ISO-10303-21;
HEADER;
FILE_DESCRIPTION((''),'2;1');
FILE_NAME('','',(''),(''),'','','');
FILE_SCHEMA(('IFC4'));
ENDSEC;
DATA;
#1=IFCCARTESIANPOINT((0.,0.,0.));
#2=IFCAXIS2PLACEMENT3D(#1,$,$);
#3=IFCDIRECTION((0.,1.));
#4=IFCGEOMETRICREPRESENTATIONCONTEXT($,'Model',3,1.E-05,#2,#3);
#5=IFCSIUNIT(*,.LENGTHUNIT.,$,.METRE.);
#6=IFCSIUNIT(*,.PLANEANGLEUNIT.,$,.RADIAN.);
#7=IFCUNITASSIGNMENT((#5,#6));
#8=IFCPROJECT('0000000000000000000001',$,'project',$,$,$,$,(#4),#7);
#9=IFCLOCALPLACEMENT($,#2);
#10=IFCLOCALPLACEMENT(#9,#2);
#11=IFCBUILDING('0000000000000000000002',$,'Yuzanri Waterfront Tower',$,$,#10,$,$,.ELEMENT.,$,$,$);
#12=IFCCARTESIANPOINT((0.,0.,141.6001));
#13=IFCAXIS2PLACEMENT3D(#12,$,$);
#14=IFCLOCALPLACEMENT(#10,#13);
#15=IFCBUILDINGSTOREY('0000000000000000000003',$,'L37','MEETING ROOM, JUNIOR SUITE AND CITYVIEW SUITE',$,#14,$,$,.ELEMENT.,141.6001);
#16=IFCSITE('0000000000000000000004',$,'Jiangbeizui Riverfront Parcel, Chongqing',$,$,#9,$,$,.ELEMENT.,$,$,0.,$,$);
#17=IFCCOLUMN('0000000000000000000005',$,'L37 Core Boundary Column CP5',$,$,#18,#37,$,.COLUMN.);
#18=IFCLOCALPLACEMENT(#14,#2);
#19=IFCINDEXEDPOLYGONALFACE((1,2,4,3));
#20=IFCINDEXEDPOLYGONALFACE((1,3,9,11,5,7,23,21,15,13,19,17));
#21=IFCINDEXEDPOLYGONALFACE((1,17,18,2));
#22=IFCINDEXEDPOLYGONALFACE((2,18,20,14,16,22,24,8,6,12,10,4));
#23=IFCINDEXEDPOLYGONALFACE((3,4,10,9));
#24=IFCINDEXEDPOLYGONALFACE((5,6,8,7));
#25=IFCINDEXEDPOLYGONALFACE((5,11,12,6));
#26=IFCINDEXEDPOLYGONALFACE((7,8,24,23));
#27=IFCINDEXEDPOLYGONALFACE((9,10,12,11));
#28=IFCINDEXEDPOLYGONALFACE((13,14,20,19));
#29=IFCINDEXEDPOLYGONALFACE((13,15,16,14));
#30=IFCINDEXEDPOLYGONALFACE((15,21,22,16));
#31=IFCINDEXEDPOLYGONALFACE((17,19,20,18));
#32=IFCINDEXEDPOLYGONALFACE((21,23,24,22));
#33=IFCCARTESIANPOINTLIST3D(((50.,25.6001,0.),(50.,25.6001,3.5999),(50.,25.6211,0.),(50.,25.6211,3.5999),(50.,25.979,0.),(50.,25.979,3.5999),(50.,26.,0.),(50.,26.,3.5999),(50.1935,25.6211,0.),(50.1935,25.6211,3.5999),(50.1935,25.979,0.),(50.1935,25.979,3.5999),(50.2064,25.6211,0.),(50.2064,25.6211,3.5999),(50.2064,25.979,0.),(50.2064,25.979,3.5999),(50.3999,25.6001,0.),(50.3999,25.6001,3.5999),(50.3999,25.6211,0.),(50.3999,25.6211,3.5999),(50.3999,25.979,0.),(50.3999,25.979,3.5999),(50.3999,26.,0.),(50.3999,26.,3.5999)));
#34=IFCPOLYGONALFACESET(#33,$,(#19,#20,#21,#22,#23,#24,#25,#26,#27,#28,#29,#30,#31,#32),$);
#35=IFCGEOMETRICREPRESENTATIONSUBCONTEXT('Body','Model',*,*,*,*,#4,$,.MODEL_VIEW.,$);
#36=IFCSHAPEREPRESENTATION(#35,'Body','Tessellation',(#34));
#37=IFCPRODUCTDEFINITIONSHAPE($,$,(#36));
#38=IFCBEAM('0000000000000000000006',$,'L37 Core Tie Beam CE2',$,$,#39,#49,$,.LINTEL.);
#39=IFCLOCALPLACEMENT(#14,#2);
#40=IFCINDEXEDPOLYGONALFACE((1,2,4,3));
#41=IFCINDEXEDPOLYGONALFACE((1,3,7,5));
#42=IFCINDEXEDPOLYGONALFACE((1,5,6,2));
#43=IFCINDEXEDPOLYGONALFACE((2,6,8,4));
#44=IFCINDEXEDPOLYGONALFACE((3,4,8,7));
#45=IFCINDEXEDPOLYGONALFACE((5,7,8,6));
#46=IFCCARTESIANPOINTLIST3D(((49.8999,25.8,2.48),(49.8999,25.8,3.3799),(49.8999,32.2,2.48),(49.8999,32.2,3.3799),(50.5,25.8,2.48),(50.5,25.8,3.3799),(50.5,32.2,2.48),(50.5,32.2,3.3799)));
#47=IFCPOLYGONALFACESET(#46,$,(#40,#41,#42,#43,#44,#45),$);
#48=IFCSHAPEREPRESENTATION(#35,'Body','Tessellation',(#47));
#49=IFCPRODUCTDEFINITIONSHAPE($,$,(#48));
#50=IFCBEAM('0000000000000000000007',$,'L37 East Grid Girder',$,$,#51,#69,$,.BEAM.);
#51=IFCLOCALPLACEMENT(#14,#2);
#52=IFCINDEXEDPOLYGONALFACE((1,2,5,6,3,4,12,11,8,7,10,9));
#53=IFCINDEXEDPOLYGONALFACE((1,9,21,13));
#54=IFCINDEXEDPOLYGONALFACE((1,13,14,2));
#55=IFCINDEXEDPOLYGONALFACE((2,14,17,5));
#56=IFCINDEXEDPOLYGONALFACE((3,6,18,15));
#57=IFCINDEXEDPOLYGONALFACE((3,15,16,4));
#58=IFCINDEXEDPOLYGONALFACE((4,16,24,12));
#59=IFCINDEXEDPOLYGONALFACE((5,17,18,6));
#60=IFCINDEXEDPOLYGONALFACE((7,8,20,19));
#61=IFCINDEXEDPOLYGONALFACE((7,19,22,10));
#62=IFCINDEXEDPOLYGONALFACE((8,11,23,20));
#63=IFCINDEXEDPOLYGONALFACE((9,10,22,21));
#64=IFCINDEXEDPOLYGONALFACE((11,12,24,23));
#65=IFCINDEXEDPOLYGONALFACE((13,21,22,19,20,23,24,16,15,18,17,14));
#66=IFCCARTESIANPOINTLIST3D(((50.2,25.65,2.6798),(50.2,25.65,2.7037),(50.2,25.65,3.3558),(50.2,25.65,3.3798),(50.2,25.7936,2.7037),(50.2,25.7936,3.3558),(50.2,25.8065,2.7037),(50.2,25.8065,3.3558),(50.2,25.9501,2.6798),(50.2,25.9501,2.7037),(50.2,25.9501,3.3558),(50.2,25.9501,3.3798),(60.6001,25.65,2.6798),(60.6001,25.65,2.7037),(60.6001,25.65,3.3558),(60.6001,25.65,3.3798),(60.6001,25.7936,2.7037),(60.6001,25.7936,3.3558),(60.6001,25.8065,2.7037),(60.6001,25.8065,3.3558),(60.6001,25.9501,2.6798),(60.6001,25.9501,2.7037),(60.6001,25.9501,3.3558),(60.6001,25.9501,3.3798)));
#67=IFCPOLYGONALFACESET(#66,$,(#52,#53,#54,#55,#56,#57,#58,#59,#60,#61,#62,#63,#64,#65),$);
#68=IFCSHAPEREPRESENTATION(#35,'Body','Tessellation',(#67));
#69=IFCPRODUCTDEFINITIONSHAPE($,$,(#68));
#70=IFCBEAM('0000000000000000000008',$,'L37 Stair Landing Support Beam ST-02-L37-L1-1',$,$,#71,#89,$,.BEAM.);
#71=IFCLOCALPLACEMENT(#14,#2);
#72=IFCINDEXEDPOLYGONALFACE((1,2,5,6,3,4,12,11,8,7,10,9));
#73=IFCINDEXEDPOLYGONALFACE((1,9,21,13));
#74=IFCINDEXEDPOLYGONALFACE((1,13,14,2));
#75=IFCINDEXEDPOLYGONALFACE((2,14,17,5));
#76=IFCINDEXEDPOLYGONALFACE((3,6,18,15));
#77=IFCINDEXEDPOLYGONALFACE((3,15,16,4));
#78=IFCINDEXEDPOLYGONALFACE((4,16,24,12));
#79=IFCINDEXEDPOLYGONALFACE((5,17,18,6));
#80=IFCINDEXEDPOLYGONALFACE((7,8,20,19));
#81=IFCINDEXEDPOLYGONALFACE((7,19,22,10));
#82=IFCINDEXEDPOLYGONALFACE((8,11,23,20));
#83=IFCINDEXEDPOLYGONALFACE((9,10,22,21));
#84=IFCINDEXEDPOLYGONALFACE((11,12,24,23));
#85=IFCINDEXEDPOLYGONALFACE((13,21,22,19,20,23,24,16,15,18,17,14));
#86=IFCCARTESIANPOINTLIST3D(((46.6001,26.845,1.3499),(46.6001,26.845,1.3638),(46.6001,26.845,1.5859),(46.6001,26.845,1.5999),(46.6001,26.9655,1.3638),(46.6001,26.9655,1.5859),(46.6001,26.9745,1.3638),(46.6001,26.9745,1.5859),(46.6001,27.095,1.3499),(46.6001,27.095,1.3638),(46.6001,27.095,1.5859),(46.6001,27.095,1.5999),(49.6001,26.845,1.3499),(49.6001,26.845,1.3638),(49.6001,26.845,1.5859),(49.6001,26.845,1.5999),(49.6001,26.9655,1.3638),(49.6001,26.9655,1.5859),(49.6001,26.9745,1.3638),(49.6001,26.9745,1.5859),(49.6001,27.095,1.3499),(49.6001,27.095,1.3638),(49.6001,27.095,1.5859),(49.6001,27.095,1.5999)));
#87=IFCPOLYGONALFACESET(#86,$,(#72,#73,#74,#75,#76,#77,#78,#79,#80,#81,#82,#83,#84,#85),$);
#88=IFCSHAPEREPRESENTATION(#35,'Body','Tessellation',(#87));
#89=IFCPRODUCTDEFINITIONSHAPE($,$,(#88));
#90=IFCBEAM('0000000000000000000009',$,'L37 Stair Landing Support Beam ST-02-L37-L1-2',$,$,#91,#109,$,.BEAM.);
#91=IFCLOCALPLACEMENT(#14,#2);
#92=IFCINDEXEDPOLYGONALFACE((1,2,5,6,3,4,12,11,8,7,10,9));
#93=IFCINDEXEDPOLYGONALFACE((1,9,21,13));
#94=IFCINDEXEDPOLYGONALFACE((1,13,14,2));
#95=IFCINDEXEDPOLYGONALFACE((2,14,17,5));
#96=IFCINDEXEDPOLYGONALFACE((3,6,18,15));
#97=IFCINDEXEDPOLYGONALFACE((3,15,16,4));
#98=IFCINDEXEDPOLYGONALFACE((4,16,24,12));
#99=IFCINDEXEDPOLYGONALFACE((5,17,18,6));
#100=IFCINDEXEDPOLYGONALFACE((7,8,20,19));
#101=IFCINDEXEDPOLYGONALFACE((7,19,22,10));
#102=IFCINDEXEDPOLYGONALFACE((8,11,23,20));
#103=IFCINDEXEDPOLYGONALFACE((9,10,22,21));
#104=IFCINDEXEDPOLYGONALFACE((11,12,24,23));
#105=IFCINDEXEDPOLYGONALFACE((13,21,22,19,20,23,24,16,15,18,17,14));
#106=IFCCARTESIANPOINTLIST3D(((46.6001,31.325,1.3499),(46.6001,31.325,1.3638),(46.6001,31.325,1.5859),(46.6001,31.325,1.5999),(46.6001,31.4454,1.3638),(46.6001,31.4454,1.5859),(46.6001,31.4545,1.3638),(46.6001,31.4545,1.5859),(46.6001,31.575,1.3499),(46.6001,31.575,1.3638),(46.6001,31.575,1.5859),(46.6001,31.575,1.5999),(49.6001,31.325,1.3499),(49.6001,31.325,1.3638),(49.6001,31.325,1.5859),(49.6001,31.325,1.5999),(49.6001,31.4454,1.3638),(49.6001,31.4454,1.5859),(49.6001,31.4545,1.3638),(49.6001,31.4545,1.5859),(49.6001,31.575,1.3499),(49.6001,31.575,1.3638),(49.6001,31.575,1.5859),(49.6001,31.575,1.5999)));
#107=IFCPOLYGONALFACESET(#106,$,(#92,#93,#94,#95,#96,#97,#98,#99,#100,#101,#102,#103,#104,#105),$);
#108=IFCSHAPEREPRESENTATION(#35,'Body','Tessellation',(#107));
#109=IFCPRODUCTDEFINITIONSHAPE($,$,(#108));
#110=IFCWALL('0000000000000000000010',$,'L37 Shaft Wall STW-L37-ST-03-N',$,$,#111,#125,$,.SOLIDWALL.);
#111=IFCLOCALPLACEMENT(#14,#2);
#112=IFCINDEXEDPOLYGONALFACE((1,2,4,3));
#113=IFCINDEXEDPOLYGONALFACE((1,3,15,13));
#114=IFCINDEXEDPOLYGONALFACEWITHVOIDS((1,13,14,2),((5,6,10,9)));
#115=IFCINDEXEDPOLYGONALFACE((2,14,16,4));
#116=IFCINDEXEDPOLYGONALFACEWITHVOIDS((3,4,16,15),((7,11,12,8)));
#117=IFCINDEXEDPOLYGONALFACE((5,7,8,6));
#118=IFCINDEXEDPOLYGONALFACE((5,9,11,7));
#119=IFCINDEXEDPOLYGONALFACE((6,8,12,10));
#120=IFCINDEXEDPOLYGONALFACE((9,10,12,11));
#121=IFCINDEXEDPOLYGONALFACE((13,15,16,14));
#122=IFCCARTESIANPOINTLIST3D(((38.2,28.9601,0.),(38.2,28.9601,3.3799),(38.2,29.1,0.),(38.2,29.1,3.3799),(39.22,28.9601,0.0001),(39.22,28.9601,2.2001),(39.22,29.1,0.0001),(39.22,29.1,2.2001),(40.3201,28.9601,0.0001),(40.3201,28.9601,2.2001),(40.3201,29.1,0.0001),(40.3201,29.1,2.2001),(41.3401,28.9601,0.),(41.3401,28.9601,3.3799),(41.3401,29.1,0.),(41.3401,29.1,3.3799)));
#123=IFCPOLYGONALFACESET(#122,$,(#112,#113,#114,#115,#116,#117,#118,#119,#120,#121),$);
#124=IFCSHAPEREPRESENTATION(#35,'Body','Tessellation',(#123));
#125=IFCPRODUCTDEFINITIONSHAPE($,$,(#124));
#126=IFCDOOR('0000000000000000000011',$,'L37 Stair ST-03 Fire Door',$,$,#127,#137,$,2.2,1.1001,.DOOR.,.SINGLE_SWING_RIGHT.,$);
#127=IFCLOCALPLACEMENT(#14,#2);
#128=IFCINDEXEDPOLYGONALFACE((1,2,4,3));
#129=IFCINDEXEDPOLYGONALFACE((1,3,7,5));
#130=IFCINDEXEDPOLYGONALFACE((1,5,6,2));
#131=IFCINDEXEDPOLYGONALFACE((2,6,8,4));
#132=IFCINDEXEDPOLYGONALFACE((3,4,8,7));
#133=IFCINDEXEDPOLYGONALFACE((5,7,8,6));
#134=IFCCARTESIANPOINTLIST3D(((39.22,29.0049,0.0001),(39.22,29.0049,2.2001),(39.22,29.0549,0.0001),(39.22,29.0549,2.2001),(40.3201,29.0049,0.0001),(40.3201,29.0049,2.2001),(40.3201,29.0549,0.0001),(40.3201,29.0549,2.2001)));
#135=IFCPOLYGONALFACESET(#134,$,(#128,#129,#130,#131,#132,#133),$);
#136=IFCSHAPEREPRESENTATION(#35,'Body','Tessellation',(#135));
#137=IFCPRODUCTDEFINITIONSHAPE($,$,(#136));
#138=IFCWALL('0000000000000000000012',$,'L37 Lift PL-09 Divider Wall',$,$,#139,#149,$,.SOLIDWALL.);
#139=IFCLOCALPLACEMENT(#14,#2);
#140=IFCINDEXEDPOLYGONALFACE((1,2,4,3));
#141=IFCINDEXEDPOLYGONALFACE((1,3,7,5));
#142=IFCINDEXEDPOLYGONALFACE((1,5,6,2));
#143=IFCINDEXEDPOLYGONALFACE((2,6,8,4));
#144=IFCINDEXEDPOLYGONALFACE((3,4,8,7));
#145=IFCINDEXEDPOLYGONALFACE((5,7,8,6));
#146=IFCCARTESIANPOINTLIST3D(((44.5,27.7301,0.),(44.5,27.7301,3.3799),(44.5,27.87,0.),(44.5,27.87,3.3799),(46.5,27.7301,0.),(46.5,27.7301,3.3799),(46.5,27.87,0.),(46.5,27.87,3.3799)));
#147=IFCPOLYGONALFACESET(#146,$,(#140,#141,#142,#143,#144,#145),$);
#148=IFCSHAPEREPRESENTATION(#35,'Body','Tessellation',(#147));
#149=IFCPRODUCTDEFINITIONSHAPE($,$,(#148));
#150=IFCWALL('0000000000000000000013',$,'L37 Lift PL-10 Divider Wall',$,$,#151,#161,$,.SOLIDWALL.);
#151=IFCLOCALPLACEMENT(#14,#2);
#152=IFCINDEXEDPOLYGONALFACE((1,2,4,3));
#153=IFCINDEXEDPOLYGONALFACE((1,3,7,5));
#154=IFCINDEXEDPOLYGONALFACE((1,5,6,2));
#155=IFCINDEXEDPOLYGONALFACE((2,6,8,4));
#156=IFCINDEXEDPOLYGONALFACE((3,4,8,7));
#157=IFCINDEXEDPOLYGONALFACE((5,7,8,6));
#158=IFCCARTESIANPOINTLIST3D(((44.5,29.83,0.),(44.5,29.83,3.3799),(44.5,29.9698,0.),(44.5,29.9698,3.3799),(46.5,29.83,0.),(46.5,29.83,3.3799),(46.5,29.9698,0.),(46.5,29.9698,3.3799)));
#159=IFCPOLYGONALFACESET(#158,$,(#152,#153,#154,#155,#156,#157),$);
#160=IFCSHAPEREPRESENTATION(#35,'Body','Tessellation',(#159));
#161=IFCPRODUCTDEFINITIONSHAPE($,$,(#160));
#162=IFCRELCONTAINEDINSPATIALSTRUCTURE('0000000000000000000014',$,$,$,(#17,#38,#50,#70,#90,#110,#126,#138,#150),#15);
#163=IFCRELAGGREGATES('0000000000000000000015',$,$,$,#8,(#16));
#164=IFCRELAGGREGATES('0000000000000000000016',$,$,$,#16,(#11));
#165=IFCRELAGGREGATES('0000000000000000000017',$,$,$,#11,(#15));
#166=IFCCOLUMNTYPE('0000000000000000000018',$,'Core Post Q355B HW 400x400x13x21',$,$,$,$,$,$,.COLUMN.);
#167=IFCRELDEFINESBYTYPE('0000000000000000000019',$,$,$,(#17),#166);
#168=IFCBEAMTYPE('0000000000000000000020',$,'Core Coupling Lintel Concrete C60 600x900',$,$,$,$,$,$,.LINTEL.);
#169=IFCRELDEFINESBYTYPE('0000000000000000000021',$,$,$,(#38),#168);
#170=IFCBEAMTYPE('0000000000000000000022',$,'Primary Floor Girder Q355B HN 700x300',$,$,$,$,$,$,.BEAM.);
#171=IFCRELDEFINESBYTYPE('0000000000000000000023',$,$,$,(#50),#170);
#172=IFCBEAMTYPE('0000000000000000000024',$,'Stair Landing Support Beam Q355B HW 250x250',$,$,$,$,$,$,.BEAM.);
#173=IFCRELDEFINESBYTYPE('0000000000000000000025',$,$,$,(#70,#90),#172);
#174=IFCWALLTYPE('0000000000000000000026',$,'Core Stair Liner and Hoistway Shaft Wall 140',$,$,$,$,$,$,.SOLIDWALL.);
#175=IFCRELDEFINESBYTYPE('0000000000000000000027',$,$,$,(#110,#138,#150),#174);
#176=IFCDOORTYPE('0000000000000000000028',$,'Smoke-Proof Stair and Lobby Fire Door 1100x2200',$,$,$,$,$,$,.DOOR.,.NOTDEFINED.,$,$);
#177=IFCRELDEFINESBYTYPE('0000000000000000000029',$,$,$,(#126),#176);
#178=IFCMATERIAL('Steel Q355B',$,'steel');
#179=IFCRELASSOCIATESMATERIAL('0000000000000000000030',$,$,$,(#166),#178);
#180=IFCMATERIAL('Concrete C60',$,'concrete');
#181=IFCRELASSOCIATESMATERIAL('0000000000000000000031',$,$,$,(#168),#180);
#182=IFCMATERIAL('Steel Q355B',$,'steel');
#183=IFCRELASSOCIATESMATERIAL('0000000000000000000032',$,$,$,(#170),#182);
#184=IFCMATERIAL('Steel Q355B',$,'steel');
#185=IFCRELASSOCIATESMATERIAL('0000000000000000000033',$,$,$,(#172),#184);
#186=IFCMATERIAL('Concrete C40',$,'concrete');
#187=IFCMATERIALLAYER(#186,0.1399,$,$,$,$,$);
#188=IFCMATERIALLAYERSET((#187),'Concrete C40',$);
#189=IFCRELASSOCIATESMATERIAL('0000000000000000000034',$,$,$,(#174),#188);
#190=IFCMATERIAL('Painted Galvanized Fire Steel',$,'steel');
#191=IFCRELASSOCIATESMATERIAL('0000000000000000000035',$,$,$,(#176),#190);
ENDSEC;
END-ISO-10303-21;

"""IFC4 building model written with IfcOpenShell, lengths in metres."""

from ifc_helpers import new_model, si_unit, direction, frame, frame_2d, origin, origin_2d, place, context, subcontext, project, spatial, rectangle, i_section, extrude, source, transform, mapped, material, layer, layer_set, material_profile, profile_set, type_object, element, fill, save


model = new_model("IFC4")

# Units and contexts
model_context = context("Model", 3, precision=1e-05, world=origin(), true_north=direction((0.0, 1.0)))
body_context = subcontext(model_context, "Body", "Model", "MODEL_VIEW")
ifc_project = project(units=[si_unit("LENGTHUNIT", "METRE"), si_unit("PLANEANGLEUNIT", "RADIAN")], contexts=[model_context])

# Site, building, storey
site_placement = place(None, origin())
site = spatial("IfcSite", under=ifc_project, at=site_placement, Name="Jiangbeizui Riverfront Parcel, Chongqing", CompositionType="ELEMENT", RefElevation=0.0)
building_placement = place(site_placement, origin())
building = spatial("IfcBuilding", under=site, at=building_placement, Name="Yuzanri Waterfront Tower", CompositionType="ELEMENT")
storey_placement = place(building_placement, frame((0.0, 0.0, 141.6001)))
storey = spatial("IfcBuildingStorey", under=building, at=storey_placement, Name="L37", Description="MEETING ROOM, JUNIOR SUITE AND CITYVIEW SUITE", CompositionType="ELEMENT", Elevation=141.6001)

# Column
ifc_material_1 = material(Name="Steel Q355B", Category="steel")
ifc_material_profile_1 = material_profile(ifc_material_1, i_section(OverallWidth=0.3999, OverallDepth=0.3999, WebThickness=0.0129, FlangeThickness=0.021, at=origin_2d()), Name="HW 400x400x13x21")
ifc_profile_set_1 = profile_set([ifc_material_profile_1], Name="Steel Q355B")
column_type = type_object("IfcColumnType", Name="Core Post Q355B HW 400x400x13x21", PredefinedType="COLUMN", material=ifc_profile_set_1)
shared_shape_1 = source(origin(), body_context, "Body", "SweptSolid", [
    extrude(i_section(OverallWidth=0.3999, OverallDepth=0.3999, WebThickness=0.0129, FlangeThickness=0.021, at=origin_2d()), origin(), (0.0, 0.0, 1.0), 3.5999),
])
column_placement = place(storey_placement, frame((50.2, 25.8, 0.0), z_axis=(0.0, 0.0, 1.0), x_axis=(1.0, 0.0, 0.0)))
element("IfcColumn", 1, at=column_placement, inside=storey, type_object=column_type, Name="L37 Core Boundary Column CP5", PredefinedType="COLUMN", context=body_context, shape_type="MappedRepresentation", body=[
    mapped(shared_shape_1, transform((0.0, 0.0, 0.0), scale=1.0)),
])

# Beams
ifc_material_2 = material(Name="Concrete C60", Category="concrete")
ifc_material_profile_2 = material_profile(ifc_material_2, rectangle(XDim=0.6001, YDim=0.8999, at=origin_2d()), Name="RC 600x900")
ifc_profile_set_2 = profile_set([ifc_material_profile_2], Name="Concrete C60")
beam_type_1 = type_object("IfcBeamType", Name="Core Coupling Lintel Concrete C60 600x900", PredefinedType="LINTEL", material=ifc_profile_set_2)
shared_shape_2 = source(origin(), body_context, "Body", "SweptSolid", [
    extrude(rectangle(XDim=0.6001, YDim=0.8999, at=origin_2d()), origin(), (0.0, 0.0, 1.0), 6.3999),
])
beam_1_placement = place(storey_placement, frame((50.2, 25.8, 2.9299), z_axis=(0.0, 1.0, 0.0), x_axis=(-1.0, 0.0, 0.0)))
element("IfcBeam", 2, at=beam_1_placement, inside=storey, type_object=beam_type_1, Name="L37 Core Tie Beam CE2", PredefinedType="LINTEL", context=body_context, shape_type="MappedRepresentation", body=[
    mapped(shared_shape_2, transform((0.0, 0.0, 0.0), scale=1.0)),
])
ifc_material_3 = material(Name="Steel Q355B", Category="steel")
ifc_material_profile_3 = material_profile(ifc_material_3, i_section(OverallWidth=0.3, OverallDepth=0.7, WebThickness=0.0129, FlangeThickness=0.0239, at=origin_2d()), Name="HN 700x300x13x24")
ifc_profile_set_3 = profile_set([ifc_material_profile_3], Name="Steel Q355B")
beam_type_2 = type_object("IfcBeamType", Name="Primary Floor Girder Q355B HN 700x300", PredefinedType="BEAM", material=ifc_profile_set_3)
shared_shape_3 = source(origin(), body_context, "Body", "SweptSolid", [
    extrude(i_section(OverallWidth=0.3, OverallDepth=0.7, WebThickness=0.0129, FlangeThickness=0.0239, at=origin_2d()), origin(), (0.0, 0.0, 1.0), 10.4001),
])
beam_2_placement = place(storey_placement, frame((50.2, 25.8, 3.0298), z_axis=(1.0, 0.0, 0.0), x_axis=(0.0, 1.0, 0.0)))
element("IfcBeam", 3, at=beam_2_placement, inside=storey, type_object=beam_type_2, Name="L37 East Grid Girder", PredefinedType="BEAM", context=body_context, shape_type="MappedRepresentation", body=[
    mapped(shared_shape_3, transform((0.0, 0.0, 0.0), scale=1.0)),
])
ifc_material_4 = material(Name="Steel Q355B", Category="steel")
ifc_material_profile_4 = material_profile(ifc_material_4, i_section(OverallWidth=0.25, OverallDepth=0.25, WebThickness=0.009, FlangeThickness=0.0139, at=origin_2d()), Name="HW 250x250x9x14")
ifc_profile_set_4 = profile_set([ifc_material_profile_4], Name="Steel Q355B")
beam_type_3 = type_object("IfcBeamType", Name="Stair Landing Support Beam Q355B HW 250x250", PredefinedType="BEAM", material=ifc_profile_set_4)
shared_shape_4 = source(origin(), body_context, "Body", "SweptSolid", [
    extrude(i_section(OverallWidth=0.25, OverallDepth=0.25, WebThickness=0.009, FlangeThickness=0.0139, at=origin_2d()), origin(), (0.0, 0.0, 1.0), 3.0),
])
for number, where, z_axis, x_axis, name in (
    (4, (46.6001, 26.97, 1.4749), (1.0, 0.0, 0.0), (0.0, 1.0, 0.0), "L37 Stair Landing Support Beam ST-02-L37-L1-1"),
    (5, (46.6001, 31.45, 1.4749), (1.0, 0.0, 0.0), (0.0, 1.0, 0.0), "L37 Stair Landing Support Beam ST-02-L37-L1-2"),
):
    element("IfcBeam", number, at=place(storey_placement, frame(where, z_axis=z_axis, x_axis=x_axis)), inside=storey, type_object=beam_type_3, Name=name, PredefinedType="BEAM", context=body_context, shape_type="MappedRepresentation", body=[
        mapped(shared_shape_4, transform((0.0, 0.0, 0.0), scale=1.0)),
    ])

# Wall, opening, door
ifc_material_5 = material(Name="Concrete C40", Category="concrete")
ifc_layer_1 = layer(ifc_material_5, 0.1399)
ifc_layer_set_1 = layer_set([ifc_layer_1], Name="Concrete C40")
wall_type_1 = type_object("IfcWallType", Name="Core Stair Liner and Hoistway Shaft Wall 140", PredefinedType="SOLIDWALL", material=ifc_layer_set_1)
wall_1_placement = place(storey_placement, frame((38.2, 29.03, 0.0), z_axis=(0.0, 0.0, 1.0), x_axis=(1.0, 0.0, 0.0)))
wall_1 = element("IfcWall", 6, at=wall_1_placement, inside=storey, type_object=wall_type_1, Name="L37 Shaft Wall STW-L37-ST-03-N", PredefinedType="SOLIDWALL", context=body_context, shape_type="SweptSolid", body=[
    extrude(rectangle(XDim=3.1401, YDim=0.1399, at=frame_2d((1.5701, 0.0))), origin(), (0.0, 0.0, 1.0), 3.3799),
])
opening_placement = place(wall_1_placement, frame((1.02, 0.0, 0.0)))
opening = element("IfcOpeningElement", 7, at=opening_placement, cuts=wall_1, PredefinedType="OPENING", context=body_context, shape_type="SweptSolid", body=[
    extrude(rectangle(XDim=1.1001, YDim=2.2, at=frame_2d((0.55, 1.1001))), frame((0.0, 0.085, 0.0), z_axis=(0.0, -1.0, 0.0), x_axis=(1.0, 0.0, 0.0)), (0.0, 0.0, 1.0), 0.1697),
])
ifc_material_6 = material(Name="Painted Galvanized Fire Steel", Category="steel")
door_type = type_object("IfcDoorType", Name="Smoke-Proof Stair and Lobby Fire Door 1100x2200", OperationType="NOTDEFINED", PredefinedType="DOOR", material=ifc_material_6)
shared_shape_5 = source(origin(), body_context, "Body", "SweptSolid", [
    extrude(rectangle(XDim=1.1001, YDim=2.2, at=frame_2d((0.55, 1.1001))), frame((0.0, 0.0249, 0.0), z_axis=(0.0, -1.0, 0.0), x_axis=(1.0, 0.0, 0.0)), (0.0, 0.0, 1.0), 0.05),
])
door_placement = place(opening_placement, origin())
door = element("IfcDoor", 8, at=door_placement, inside=storey, type_object=door_type, Name="L37 Stair ST-03 Fire Door", OperationType="SINGLE_SWING_RIGHT", OverallHeight=2.2, OverallWidth=1.1001, PredefinedType="DOOR", context=body_context, shape_type="MappedRepresentation", body=[
    mapped(shared_shape_5, transform((0.0, 0.0, 0.0), scale=1.0)),
])
fill(opening, door)

# Walls
shared_shape_6 = source(origin(), body_context, "Body", "SweptSolid", [
    extrude(rectangle(XDim=2.0, YDim=0.1399, at=frame_2d((1.0, 0.0))), origin(), (0.0, 0.0, 1.0), 3.3799),
])
for number, where, z_axis, x_axis, name in (
    (9, (44.5, 27.8, 0.0), (0.0, 0.0, 1.0), (1.0, 0.0, 0.0), "L37 Lift PL-09 Divider Wall"),
    (10, (44.5, 29.8999, 0.0), (0.0, 0.0, 1.0), (1.0, 0.0, 0.0), "L37 Lift PL-10 Divider Wall"),
):
    element("IfcWall", number, at=place(storey_placement, frame(where, z_axis=z_axis, x_axis=x_axis)), inside=storey, type_object=wall_type_1, Name=name, PredefinedType="SOLIDWALL", context=body_context, shape_type="MappedRepresentation", body=[
        mapped(shared_shape_6, transform((0.0, 0.0, 0.0), scale=1.0)),
    ])

save(model, "model.ifc")
